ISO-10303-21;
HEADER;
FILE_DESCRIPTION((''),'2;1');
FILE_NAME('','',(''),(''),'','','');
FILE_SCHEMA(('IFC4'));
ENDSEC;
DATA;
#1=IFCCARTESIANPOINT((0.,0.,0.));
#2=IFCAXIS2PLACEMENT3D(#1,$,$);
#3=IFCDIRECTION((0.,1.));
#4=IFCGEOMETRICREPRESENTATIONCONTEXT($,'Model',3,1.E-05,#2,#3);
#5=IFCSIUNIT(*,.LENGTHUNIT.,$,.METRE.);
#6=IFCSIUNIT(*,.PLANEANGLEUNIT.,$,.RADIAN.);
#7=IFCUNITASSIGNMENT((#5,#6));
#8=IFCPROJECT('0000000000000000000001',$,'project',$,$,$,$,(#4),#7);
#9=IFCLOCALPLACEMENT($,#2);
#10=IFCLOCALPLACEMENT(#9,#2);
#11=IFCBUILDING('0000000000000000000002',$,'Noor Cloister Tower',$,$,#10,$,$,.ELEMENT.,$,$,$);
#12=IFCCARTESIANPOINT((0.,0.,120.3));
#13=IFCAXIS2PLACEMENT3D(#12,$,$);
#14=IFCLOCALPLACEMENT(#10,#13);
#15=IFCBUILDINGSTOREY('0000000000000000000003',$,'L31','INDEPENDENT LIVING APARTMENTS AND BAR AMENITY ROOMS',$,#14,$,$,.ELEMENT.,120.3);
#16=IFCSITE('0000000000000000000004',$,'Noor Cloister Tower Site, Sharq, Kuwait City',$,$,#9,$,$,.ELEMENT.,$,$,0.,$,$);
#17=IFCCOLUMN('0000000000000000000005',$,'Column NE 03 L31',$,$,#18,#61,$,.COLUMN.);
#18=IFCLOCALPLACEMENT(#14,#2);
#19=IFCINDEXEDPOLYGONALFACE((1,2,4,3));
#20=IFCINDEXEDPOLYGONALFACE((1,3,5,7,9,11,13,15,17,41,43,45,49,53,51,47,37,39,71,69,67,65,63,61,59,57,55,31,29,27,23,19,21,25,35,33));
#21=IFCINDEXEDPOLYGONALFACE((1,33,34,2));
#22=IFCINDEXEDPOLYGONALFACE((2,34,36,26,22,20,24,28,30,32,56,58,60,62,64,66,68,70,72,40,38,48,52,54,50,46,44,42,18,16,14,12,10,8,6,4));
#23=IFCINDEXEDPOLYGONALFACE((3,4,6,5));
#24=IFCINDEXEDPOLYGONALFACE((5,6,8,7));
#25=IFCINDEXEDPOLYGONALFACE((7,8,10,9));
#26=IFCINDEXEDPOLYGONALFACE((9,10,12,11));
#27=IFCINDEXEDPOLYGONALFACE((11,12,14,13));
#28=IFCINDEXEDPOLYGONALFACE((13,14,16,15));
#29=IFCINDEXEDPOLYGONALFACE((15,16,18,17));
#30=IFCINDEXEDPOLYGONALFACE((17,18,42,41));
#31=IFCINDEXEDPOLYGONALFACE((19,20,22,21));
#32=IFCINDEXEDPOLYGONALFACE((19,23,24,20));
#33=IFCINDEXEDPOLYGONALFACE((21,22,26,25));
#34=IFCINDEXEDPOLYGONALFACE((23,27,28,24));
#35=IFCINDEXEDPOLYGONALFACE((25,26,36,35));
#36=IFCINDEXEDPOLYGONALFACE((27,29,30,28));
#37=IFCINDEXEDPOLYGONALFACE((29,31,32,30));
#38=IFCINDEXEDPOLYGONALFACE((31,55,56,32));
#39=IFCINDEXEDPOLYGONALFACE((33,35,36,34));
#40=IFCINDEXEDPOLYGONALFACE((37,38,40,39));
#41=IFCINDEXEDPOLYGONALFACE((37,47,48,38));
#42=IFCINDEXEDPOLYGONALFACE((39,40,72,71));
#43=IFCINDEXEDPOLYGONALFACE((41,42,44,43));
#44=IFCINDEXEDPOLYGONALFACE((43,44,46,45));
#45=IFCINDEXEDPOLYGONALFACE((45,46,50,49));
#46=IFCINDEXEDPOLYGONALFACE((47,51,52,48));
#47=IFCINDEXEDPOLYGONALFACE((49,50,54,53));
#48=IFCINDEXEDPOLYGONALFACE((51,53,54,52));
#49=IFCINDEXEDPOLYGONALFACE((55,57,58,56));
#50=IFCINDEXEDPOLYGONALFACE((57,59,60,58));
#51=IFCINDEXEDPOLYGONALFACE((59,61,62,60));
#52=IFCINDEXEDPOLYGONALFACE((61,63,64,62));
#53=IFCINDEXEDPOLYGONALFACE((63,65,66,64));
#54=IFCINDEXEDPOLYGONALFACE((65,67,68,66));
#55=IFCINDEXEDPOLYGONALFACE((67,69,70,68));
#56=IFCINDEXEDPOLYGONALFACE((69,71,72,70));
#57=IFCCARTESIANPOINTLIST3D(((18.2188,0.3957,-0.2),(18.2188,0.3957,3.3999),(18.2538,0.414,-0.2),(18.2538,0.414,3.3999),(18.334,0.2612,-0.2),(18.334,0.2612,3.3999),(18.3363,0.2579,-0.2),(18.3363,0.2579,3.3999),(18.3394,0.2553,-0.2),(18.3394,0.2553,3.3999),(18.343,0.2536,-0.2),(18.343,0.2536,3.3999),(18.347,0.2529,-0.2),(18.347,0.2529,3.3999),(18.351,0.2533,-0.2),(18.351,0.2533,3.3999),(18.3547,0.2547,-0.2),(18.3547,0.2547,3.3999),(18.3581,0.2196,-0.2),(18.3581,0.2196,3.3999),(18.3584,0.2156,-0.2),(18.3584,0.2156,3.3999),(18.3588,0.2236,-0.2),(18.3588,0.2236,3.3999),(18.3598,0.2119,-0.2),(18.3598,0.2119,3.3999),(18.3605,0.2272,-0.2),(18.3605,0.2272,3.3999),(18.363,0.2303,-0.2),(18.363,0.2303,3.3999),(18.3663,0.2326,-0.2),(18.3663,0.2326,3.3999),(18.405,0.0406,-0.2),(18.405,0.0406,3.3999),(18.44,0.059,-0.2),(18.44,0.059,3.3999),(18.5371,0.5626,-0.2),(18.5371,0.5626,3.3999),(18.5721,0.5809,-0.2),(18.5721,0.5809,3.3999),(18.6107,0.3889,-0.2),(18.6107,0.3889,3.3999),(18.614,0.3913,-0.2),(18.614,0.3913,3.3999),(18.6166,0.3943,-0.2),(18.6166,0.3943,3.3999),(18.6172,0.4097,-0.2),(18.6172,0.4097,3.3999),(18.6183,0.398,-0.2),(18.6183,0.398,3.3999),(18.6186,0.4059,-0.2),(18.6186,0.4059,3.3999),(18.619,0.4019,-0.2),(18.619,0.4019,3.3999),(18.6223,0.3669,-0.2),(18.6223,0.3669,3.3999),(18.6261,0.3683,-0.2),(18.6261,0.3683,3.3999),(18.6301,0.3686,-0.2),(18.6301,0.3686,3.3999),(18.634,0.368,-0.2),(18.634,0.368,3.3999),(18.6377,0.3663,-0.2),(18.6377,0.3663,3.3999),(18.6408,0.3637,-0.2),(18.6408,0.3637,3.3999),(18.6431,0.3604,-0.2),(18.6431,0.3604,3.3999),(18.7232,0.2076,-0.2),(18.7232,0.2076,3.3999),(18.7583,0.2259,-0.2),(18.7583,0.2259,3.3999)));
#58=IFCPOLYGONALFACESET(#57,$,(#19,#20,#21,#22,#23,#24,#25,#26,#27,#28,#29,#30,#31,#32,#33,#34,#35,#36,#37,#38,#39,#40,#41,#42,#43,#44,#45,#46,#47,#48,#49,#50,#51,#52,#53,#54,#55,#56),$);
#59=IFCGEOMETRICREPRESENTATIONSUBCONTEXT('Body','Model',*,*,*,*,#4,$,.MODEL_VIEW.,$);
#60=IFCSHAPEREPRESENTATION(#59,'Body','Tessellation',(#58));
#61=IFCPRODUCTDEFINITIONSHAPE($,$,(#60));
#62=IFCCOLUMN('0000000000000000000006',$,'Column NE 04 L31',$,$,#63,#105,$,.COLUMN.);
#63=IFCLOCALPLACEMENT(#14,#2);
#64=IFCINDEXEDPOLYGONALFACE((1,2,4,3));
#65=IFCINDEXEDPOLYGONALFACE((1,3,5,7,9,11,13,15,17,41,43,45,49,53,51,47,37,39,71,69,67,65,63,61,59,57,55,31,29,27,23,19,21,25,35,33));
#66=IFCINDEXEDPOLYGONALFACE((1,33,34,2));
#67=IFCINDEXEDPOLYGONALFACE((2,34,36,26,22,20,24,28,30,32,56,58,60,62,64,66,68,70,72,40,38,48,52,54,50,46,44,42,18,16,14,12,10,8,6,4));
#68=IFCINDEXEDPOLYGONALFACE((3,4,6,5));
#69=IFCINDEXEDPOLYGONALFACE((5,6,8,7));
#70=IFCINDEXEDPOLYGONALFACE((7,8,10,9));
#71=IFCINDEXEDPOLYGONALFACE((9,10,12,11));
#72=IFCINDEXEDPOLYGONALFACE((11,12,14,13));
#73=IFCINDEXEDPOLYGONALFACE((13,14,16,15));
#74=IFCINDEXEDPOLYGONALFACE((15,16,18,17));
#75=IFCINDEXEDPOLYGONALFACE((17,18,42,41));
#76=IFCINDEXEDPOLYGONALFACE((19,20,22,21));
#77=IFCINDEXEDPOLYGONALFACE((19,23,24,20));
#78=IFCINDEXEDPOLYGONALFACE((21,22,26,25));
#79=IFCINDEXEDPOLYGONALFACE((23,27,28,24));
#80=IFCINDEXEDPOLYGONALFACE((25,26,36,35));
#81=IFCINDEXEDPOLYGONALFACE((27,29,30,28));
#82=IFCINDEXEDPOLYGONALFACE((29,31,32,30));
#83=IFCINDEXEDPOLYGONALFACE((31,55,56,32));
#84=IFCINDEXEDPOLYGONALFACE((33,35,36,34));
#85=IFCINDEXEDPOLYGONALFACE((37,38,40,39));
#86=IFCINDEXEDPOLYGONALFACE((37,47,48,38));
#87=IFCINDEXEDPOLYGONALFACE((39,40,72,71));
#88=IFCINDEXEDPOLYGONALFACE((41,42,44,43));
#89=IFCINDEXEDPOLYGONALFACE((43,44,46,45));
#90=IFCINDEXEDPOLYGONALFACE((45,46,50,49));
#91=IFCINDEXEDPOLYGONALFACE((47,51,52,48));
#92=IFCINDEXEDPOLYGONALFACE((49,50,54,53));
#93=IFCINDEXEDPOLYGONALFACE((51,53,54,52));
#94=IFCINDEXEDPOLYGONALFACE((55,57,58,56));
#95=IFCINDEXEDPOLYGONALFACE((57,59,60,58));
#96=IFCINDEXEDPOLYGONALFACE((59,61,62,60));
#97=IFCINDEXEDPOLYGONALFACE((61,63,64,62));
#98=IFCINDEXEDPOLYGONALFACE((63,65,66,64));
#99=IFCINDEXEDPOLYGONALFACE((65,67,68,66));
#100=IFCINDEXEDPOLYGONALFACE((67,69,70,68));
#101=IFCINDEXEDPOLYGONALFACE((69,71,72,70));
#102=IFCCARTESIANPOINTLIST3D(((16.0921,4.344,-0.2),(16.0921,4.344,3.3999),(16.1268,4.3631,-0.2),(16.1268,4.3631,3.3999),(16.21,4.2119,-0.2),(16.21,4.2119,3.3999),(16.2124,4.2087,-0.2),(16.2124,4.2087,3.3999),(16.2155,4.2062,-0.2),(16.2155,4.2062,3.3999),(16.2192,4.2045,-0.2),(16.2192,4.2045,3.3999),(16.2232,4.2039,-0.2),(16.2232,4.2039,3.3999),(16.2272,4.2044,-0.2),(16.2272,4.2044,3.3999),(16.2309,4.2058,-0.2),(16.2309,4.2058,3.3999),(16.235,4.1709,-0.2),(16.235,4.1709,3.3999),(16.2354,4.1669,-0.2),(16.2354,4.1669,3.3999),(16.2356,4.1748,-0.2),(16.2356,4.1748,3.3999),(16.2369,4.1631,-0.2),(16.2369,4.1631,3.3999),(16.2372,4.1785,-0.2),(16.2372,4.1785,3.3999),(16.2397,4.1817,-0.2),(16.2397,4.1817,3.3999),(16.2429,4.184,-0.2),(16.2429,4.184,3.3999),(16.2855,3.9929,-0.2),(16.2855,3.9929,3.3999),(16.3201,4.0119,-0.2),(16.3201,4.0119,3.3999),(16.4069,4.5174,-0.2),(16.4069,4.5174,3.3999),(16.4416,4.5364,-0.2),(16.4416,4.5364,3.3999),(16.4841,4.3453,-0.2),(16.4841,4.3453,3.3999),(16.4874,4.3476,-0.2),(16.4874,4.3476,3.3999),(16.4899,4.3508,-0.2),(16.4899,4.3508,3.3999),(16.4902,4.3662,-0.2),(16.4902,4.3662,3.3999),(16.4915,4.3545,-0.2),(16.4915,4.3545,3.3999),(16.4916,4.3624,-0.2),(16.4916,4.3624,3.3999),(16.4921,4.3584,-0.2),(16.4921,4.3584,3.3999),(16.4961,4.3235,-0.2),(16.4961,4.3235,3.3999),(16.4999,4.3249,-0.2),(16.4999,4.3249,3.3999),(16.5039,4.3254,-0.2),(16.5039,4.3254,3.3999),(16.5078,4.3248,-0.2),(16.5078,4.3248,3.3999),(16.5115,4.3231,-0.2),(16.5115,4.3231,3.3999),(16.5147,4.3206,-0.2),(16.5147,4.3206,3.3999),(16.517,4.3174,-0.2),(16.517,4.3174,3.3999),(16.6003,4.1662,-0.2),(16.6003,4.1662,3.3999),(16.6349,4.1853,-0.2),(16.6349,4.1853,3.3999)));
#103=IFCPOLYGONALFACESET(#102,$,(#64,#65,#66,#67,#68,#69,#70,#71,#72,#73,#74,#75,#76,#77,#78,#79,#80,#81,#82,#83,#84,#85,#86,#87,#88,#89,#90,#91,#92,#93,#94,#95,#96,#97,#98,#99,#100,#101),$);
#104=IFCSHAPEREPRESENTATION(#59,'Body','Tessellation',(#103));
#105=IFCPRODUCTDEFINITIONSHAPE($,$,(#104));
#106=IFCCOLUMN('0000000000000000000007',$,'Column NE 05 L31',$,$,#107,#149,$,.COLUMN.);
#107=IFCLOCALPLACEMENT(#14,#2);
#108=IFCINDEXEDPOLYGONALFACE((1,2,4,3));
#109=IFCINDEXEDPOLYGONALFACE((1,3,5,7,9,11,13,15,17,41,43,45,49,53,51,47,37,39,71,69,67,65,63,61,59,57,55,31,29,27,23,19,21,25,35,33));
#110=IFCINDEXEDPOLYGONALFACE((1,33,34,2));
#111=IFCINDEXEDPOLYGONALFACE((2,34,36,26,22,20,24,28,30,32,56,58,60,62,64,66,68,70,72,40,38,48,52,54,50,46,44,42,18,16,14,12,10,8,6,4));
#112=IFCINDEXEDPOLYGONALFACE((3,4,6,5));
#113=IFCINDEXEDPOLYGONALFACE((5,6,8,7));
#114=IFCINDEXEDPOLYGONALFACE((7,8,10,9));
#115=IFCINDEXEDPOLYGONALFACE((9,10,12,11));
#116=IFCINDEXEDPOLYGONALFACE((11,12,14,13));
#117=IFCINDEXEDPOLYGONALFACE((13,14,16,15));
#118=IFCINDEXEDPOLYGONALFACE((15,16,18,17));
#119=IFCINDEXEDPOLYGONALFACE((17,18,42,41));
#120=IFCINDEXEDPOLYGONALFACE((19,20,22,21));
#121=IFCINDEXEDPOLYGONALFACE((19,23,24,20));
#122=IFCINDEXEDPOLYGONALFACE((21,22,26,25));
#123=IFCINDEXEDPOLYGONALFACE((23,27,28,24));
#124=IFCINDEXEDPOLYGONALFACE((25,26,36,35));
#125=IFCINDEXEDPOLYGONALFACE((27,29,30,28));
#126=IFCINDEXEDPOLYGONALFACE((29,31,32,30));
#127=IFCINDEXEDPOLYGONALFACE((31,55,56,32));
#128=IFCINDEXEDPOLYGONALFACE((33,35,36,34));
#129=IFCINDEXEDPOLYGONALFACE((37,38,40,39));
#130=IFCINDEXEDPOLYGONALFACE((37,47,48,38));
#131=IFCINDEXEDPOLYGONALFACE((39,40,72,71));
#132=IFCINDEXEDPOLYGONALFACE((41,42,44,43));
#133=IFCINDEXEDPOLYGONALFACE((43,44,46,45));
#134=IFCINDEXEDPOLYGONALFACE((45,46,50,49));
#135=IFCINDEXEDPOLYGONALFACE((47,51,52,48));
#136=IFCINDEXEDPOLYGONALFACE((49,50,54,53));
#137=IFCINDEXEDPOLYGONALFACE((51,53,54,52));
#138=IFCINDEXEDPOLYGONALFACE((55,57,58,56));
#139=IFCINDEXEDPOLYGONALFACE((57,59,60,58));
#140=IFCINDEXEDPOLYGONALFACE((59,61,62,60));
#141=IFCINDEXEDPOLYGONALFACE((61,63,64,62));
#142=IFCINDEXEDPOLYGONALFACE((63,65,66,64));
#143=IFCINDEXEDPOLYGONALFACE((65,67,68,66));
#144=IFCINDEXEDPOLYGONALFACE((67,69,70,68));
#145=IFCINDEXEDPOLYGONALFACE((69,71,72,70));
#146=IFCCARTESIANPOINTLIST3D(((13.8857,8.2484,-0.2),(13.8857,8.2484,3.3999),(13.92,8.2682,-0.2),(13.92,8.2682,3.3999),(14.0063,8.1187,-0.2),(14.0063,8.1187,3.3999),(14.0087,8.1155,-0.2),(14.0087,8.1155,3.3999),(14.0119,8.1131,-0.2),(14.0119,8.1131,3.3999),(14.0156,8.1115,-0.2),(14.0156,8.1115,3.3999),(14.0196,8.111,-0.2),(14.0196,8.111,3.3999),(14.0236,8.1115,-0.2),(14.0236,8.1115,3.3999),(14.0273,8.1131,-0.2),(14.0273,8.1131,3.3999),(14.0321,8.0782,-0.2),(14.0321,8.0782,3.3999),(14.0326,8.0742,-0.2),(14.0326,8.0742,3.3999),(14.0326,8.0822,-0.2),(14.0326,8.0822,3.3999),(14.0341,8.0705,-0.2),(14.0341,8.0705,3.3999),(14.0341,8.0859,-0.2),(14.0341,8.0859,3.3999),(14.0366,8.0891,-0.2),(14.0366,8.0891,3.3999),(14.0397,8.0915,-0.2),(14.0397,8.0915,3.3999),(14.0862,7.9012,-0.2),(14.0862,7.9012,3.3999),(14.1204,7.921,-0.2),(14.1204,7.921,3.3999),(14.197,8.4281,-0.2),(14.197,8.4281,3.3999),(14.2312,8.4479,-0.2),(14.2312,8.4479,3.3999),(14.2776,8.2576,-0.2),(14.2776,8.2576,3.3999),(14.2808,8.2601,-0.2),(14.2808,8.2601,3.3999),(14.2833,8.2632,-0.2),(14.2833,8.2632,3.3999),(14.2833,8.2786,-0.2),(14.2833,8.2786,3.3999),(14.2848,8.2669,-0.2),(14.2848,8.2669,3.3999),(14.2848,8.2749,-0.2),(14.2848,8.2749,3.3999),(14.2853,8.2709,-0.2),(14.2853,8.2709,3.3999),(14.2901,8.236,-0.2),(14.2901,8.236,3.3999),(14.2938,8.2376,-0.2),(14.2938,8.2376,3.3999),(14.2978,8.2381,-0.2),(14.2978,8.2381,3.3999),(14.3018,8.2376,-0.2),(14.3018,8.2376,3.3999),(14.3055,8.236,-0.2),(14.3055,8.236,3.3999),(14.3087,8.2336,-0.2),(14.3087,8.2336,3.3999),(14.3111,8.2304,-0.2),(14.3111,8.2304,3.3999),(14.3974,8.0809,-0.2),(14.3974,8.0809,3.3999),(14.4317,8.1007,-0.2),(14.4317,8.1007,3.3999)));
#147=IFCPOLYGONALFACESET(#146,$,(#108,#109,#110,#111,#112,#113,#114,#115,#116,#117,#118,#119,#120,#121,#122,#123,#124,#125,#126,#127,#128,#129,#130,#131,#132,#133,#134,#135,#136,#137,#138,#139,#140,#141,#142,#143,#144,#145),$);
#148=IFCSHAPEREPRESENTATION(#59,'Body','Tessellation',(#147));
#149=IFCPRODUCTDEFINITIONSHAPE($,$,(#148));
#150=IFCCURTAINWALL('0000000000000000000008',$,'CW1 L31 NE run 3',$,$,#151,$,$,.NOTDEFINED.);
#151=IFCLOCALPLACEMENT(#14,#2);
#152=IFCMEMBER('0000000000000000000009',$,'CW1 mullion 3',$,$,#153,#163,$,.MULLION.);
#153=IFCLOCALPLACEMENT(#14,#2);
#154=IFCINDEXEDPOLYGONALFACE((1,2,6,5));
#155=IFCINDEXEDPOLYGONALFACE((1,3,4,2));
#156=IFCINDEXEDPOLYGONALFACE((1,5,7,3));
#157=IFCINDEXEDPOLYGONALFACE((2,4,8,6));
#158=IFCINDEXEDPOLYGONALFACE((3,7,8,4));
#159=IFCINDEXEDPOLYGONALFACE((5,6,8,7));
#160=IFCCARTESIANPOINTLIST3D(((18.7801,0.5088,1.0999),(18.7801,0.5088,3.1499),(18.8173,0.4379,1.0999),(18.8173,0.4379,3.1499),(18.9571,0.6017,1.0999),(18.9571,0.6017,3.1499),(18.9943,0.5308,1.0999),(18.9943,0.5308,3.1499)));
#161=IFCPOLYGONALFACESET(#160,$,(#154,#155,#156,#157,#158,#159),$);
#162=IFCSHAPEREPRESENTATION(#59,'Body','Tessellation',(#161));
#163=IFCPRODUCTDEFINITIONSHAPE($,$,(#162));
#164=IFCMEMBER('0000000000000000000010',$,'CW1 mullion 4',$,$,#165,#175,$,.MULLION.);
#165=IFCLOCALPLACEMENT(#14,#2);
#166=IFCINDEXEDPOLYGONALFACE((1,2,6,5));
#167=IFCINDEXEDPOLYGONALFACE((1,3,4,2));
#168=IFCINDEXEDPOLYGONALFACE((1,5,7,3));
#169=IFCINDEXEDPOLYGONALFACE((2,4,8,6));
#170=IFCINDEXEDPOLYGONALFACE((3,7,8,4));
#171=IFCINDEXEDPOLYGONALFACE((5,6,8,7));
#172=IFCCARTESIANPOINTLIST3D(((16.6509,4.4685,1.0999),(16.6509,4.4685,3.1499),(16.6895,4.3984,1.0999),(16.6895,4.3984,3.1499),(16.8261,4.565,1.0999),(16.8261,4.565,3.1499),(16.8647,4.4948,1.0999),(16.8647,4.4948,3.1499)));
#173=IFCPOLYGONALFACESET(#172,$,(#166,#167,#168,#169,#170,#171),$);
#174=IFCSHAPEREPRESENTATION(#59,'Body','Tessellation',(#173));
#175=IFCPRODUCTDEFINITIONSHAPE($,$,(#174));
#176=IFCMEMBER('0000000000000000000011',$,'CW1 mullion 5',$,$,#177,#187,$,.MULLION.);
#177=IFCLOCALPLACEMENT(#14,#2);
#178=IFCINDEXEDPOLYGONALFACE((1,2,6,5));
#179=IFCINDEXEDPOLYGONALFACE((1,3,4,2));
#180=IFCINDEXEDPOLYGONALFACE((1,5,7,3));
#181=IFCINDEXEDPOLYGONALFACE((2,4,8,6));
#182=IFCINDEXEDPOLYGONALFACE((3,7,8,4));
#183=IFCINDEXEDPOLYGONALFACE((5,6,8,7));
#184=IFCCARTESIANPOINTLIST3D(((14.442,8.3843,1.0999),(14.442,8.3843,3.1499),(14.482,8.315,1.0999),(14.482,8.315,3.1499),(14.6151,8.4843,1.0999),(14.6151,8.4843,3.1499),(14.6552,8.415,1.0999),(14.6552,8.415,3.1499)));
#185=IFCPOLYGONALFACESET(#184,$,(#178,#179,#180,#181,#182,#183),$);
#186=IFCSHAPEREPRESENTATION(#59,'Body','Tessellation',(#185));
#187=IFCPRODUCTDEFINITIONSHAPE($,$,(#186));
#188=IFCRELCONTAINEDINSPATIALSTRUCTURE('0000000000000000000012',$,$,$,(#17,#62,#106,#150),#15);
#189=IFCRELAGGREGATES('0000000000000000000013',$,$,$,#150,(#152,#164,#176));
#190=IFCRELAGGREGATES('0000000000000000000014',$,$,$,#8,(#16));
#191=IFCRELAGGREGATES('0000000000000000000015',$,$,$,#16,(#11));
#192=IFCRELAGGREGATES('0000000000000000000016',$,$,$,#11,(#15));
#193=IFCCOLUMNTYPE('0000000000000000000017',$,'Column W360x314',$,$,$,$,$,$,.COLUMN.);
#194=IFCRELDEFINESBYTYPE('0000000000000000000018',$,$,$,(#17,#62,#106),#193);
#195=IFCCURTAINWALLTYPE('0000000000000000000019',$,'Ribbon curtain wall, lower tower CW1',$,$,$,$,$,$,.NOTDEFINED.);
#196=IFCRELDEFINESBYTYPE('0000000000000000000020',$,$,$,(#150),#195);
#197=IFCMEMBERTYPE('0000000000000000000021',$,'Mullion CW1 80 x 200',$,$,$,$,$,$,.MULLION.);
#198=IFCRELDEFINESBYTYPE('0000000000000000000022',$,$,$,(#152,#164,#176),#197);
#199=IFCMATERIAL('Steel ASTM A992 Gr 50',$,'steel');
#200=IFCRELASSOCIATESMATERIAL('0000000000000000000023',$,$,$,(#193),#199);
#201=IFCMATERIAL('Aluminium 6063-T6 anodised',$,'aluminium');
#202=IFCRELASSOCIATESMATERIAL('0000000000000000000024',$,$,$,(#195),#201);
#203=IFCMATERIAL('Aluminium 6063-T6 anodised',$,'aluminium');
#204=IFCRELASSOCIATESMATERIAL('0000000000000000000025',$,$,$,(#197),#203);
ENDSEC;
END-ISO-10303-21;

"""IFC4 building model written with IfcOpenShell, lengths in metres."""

from ifc_helpers import new_model, si_unit, direction, frame, origin, origin_2d, place, context, subcontext, project, spatial, rectangle, i_section, extrude, material, material_profile, profile_set, type_object, element, aggregate, save


model = new_model("IFC4")

# Units and contexts
model_context = context("Model", 3, precision=1e-05, world=origin(), true_north=direction((0.0, 1.0)))
body_context = subcontext(model_context, "Body", "Model", "MODEL_VIEW")
ifc_project = project(units=[si_unit("LENGTHUNIT", "METRE"), si_unit("PLANEANGLEUNIT", "RADIAN")], contexts=[model_context])

# Site, building, storey
site_placement = place(None, origin())
site = spatial("IfcSite", under=ifc_project, at=site_placement, Name="Noor Cloister Tower Site, Sharq, Kuwait City", CompositionType="ELEMENT", RefElevation=0.0)
building_placement = place(site_placement, origin())
building = spatial("IfcBuilding", under=site, at=building_placement, Name="Noor Cloister Tower", CompositionType="ELEMENT")
storey_placement = place(building_placement, frame((0.0, 0.0, 120.3)))
storey = spatial("IfcBuildingStorey", under=building, at=storey_placement, Name="L31", Description="INDEPENDENT LIVING APARTMENTS AND BAR AMENITY ROOMS", CompositionType="ELEMENT", Elevation=120.3)

# Columns
ifc_material_1 = material(Name="Steel ASTM A992 Gr 50", Category="steel")
ifc_material_profile_1 = material_profile(ifc_material_1, i_section(OverallWidth=0.4009, OverallDepth=0.3989, WebThickness=0.0249, FlangeThickness=0.0396, FilletRadius=0.0154, at=origin_2d()), Name="W360x314")
ifc_profile_set_1 = profile_set([ifc_material_profile_1], Name="Steel ASTM A992 Gr 50")
column_type = type_object("IfcColumnType", Name="Column W360x314", PredefinedType="COLUMN", material=ifc_profile_set_1)
for number, where, z_axis, x_axis, name in (
    (1, (18.4885, 0.3108, -0.2), (0.0, 0.0, 1.0), (-0.464446, 0.885601, 0.0), "Column NE 03 L31"),
    (2, (16.3635, 4.2646, -0.2), (0.0, 0.0, 1.0), (-0.482322, 0.875994, 0.0), "Column NE 04 L31"),
    (3, (14.1587, 8.1746, -0.2), (0.0, 0.0, 1.0), (-0.5, 0.866025, 0.0), "Column NE 05 L31"),
):
    element("IfcColumn", number, at=place(storey_placement, frame(where, z_axis=z_axis, x_axis=x_axis)), inside=storey, type_object=column_type, Name=name, PredefinedType="COLUMN", context=body_context, shape_type="SweptSolid", body=[
        extrude(i_section(OverallWidth=0.4009, OverallDepth=0.3989, WebThickness=0.0249, FlangeThickness=0.0396, FilletRadius=0.0154, at=origin_2d()), origin(), (0.0, 0.0, 1.0), 3.5999),
    ])

# Curtain wall, members
ifc_material_2 = material(Name="Aluminium 6063-T6 anodised", Category="aluminium")
curtain_wall_type = type_object("IfcCurtainWallType", Name="Ribbon curtain wall, lower tower CW1", PredefinedType="NOTDEFINED", material=ifc_material_2)
curtain_wall_placement = place(storey_placement, origin())
curtain_wall = element("IfcCurtainWall", 4, at=curtain_wall_placement, inside=storey, type_object=curtain_wall_type, Name="CW1 L31 NE run 3", PredefinedType="NOTDEFINED")
ifc_material_3 = material(Name="Aluminium 6063-T6 anodised", Category="aluminium")
ifc_material_profile_2 = material_profile(ifc_material_3, rectangle(XDim=0.2, YDim=0.0801, at=origin_2d()), Name="200 x 80 mullion")
ifc_profile_set_2 = profile_set([ifc_material_profile_2], Name="Aluminium 6063-T6 anodised")
member_type = type_object("IfcMemberType", Name="Mullion CW1 80 x 200", PredefinedType="MULLION", material=ifc_profile_set_2)
member_1_placement = place(storey_placement, frame((18.8872, 0.5198, 1.0999), z_axis=(0.0, 0.0, 1.0), x_axis=(-0.885601, -0.464446, 0.0)))
member_1 = element("IfcMember", 5, at=member_1_placement, type_object=member_type, Name="CW1 mullion 3", PredefinedType="MULLION", context=body_context, shape_type="SweptSolid", body=[
    extrude(rectangle(XDim=0.2, YDim=0.0801, at=origin_2d()), origin(), (0.0, 0.0, 1.0), 2.05),
])
member_2_placement = place(storey_placement, frame((16.7578, 4.4817, 1.0999), z_axis=(0.0, 0.0, 1.0), x_axis=(-0.875994, -0.482322, 0.0)))
member_2 = element("IfcMember", 6, at=member_2_placement, type_object=member_type, Name="CW1 mullion 4", PredefinedType="MULLION", context=body_context, shape_type="SweptSolid", body=[
    extrude(rectangle(XDim=0.2, YDim=0.0801, at=origin_2d()), origin(), (0.0, 0.0, 1.0), 2.05),
])
member_3_placement = place(storey_placement, frame((14.5486, 8.3997, 1.0999), z_axis=(0.0, 0.0, 1.0), x_axis=(-0.866025, -0.5, 0.0)))
member_3 = element("IfcMember", 7, at=member_3_placement, type_object=member_type, Name="CW1 mullion 5", PredefinedType="MULLION", context=body_context, shape_type="SweptSolid", body=[
    extrude(rectangle(XDim=0.2, YDim=0.0801, at=origin_2d()), origin(), (0.0, 0.0, 1.0), 2.05),
])

aggregate(curtain_wall, [member_1, member_2, member_3])

save(model, "model.ifc")
